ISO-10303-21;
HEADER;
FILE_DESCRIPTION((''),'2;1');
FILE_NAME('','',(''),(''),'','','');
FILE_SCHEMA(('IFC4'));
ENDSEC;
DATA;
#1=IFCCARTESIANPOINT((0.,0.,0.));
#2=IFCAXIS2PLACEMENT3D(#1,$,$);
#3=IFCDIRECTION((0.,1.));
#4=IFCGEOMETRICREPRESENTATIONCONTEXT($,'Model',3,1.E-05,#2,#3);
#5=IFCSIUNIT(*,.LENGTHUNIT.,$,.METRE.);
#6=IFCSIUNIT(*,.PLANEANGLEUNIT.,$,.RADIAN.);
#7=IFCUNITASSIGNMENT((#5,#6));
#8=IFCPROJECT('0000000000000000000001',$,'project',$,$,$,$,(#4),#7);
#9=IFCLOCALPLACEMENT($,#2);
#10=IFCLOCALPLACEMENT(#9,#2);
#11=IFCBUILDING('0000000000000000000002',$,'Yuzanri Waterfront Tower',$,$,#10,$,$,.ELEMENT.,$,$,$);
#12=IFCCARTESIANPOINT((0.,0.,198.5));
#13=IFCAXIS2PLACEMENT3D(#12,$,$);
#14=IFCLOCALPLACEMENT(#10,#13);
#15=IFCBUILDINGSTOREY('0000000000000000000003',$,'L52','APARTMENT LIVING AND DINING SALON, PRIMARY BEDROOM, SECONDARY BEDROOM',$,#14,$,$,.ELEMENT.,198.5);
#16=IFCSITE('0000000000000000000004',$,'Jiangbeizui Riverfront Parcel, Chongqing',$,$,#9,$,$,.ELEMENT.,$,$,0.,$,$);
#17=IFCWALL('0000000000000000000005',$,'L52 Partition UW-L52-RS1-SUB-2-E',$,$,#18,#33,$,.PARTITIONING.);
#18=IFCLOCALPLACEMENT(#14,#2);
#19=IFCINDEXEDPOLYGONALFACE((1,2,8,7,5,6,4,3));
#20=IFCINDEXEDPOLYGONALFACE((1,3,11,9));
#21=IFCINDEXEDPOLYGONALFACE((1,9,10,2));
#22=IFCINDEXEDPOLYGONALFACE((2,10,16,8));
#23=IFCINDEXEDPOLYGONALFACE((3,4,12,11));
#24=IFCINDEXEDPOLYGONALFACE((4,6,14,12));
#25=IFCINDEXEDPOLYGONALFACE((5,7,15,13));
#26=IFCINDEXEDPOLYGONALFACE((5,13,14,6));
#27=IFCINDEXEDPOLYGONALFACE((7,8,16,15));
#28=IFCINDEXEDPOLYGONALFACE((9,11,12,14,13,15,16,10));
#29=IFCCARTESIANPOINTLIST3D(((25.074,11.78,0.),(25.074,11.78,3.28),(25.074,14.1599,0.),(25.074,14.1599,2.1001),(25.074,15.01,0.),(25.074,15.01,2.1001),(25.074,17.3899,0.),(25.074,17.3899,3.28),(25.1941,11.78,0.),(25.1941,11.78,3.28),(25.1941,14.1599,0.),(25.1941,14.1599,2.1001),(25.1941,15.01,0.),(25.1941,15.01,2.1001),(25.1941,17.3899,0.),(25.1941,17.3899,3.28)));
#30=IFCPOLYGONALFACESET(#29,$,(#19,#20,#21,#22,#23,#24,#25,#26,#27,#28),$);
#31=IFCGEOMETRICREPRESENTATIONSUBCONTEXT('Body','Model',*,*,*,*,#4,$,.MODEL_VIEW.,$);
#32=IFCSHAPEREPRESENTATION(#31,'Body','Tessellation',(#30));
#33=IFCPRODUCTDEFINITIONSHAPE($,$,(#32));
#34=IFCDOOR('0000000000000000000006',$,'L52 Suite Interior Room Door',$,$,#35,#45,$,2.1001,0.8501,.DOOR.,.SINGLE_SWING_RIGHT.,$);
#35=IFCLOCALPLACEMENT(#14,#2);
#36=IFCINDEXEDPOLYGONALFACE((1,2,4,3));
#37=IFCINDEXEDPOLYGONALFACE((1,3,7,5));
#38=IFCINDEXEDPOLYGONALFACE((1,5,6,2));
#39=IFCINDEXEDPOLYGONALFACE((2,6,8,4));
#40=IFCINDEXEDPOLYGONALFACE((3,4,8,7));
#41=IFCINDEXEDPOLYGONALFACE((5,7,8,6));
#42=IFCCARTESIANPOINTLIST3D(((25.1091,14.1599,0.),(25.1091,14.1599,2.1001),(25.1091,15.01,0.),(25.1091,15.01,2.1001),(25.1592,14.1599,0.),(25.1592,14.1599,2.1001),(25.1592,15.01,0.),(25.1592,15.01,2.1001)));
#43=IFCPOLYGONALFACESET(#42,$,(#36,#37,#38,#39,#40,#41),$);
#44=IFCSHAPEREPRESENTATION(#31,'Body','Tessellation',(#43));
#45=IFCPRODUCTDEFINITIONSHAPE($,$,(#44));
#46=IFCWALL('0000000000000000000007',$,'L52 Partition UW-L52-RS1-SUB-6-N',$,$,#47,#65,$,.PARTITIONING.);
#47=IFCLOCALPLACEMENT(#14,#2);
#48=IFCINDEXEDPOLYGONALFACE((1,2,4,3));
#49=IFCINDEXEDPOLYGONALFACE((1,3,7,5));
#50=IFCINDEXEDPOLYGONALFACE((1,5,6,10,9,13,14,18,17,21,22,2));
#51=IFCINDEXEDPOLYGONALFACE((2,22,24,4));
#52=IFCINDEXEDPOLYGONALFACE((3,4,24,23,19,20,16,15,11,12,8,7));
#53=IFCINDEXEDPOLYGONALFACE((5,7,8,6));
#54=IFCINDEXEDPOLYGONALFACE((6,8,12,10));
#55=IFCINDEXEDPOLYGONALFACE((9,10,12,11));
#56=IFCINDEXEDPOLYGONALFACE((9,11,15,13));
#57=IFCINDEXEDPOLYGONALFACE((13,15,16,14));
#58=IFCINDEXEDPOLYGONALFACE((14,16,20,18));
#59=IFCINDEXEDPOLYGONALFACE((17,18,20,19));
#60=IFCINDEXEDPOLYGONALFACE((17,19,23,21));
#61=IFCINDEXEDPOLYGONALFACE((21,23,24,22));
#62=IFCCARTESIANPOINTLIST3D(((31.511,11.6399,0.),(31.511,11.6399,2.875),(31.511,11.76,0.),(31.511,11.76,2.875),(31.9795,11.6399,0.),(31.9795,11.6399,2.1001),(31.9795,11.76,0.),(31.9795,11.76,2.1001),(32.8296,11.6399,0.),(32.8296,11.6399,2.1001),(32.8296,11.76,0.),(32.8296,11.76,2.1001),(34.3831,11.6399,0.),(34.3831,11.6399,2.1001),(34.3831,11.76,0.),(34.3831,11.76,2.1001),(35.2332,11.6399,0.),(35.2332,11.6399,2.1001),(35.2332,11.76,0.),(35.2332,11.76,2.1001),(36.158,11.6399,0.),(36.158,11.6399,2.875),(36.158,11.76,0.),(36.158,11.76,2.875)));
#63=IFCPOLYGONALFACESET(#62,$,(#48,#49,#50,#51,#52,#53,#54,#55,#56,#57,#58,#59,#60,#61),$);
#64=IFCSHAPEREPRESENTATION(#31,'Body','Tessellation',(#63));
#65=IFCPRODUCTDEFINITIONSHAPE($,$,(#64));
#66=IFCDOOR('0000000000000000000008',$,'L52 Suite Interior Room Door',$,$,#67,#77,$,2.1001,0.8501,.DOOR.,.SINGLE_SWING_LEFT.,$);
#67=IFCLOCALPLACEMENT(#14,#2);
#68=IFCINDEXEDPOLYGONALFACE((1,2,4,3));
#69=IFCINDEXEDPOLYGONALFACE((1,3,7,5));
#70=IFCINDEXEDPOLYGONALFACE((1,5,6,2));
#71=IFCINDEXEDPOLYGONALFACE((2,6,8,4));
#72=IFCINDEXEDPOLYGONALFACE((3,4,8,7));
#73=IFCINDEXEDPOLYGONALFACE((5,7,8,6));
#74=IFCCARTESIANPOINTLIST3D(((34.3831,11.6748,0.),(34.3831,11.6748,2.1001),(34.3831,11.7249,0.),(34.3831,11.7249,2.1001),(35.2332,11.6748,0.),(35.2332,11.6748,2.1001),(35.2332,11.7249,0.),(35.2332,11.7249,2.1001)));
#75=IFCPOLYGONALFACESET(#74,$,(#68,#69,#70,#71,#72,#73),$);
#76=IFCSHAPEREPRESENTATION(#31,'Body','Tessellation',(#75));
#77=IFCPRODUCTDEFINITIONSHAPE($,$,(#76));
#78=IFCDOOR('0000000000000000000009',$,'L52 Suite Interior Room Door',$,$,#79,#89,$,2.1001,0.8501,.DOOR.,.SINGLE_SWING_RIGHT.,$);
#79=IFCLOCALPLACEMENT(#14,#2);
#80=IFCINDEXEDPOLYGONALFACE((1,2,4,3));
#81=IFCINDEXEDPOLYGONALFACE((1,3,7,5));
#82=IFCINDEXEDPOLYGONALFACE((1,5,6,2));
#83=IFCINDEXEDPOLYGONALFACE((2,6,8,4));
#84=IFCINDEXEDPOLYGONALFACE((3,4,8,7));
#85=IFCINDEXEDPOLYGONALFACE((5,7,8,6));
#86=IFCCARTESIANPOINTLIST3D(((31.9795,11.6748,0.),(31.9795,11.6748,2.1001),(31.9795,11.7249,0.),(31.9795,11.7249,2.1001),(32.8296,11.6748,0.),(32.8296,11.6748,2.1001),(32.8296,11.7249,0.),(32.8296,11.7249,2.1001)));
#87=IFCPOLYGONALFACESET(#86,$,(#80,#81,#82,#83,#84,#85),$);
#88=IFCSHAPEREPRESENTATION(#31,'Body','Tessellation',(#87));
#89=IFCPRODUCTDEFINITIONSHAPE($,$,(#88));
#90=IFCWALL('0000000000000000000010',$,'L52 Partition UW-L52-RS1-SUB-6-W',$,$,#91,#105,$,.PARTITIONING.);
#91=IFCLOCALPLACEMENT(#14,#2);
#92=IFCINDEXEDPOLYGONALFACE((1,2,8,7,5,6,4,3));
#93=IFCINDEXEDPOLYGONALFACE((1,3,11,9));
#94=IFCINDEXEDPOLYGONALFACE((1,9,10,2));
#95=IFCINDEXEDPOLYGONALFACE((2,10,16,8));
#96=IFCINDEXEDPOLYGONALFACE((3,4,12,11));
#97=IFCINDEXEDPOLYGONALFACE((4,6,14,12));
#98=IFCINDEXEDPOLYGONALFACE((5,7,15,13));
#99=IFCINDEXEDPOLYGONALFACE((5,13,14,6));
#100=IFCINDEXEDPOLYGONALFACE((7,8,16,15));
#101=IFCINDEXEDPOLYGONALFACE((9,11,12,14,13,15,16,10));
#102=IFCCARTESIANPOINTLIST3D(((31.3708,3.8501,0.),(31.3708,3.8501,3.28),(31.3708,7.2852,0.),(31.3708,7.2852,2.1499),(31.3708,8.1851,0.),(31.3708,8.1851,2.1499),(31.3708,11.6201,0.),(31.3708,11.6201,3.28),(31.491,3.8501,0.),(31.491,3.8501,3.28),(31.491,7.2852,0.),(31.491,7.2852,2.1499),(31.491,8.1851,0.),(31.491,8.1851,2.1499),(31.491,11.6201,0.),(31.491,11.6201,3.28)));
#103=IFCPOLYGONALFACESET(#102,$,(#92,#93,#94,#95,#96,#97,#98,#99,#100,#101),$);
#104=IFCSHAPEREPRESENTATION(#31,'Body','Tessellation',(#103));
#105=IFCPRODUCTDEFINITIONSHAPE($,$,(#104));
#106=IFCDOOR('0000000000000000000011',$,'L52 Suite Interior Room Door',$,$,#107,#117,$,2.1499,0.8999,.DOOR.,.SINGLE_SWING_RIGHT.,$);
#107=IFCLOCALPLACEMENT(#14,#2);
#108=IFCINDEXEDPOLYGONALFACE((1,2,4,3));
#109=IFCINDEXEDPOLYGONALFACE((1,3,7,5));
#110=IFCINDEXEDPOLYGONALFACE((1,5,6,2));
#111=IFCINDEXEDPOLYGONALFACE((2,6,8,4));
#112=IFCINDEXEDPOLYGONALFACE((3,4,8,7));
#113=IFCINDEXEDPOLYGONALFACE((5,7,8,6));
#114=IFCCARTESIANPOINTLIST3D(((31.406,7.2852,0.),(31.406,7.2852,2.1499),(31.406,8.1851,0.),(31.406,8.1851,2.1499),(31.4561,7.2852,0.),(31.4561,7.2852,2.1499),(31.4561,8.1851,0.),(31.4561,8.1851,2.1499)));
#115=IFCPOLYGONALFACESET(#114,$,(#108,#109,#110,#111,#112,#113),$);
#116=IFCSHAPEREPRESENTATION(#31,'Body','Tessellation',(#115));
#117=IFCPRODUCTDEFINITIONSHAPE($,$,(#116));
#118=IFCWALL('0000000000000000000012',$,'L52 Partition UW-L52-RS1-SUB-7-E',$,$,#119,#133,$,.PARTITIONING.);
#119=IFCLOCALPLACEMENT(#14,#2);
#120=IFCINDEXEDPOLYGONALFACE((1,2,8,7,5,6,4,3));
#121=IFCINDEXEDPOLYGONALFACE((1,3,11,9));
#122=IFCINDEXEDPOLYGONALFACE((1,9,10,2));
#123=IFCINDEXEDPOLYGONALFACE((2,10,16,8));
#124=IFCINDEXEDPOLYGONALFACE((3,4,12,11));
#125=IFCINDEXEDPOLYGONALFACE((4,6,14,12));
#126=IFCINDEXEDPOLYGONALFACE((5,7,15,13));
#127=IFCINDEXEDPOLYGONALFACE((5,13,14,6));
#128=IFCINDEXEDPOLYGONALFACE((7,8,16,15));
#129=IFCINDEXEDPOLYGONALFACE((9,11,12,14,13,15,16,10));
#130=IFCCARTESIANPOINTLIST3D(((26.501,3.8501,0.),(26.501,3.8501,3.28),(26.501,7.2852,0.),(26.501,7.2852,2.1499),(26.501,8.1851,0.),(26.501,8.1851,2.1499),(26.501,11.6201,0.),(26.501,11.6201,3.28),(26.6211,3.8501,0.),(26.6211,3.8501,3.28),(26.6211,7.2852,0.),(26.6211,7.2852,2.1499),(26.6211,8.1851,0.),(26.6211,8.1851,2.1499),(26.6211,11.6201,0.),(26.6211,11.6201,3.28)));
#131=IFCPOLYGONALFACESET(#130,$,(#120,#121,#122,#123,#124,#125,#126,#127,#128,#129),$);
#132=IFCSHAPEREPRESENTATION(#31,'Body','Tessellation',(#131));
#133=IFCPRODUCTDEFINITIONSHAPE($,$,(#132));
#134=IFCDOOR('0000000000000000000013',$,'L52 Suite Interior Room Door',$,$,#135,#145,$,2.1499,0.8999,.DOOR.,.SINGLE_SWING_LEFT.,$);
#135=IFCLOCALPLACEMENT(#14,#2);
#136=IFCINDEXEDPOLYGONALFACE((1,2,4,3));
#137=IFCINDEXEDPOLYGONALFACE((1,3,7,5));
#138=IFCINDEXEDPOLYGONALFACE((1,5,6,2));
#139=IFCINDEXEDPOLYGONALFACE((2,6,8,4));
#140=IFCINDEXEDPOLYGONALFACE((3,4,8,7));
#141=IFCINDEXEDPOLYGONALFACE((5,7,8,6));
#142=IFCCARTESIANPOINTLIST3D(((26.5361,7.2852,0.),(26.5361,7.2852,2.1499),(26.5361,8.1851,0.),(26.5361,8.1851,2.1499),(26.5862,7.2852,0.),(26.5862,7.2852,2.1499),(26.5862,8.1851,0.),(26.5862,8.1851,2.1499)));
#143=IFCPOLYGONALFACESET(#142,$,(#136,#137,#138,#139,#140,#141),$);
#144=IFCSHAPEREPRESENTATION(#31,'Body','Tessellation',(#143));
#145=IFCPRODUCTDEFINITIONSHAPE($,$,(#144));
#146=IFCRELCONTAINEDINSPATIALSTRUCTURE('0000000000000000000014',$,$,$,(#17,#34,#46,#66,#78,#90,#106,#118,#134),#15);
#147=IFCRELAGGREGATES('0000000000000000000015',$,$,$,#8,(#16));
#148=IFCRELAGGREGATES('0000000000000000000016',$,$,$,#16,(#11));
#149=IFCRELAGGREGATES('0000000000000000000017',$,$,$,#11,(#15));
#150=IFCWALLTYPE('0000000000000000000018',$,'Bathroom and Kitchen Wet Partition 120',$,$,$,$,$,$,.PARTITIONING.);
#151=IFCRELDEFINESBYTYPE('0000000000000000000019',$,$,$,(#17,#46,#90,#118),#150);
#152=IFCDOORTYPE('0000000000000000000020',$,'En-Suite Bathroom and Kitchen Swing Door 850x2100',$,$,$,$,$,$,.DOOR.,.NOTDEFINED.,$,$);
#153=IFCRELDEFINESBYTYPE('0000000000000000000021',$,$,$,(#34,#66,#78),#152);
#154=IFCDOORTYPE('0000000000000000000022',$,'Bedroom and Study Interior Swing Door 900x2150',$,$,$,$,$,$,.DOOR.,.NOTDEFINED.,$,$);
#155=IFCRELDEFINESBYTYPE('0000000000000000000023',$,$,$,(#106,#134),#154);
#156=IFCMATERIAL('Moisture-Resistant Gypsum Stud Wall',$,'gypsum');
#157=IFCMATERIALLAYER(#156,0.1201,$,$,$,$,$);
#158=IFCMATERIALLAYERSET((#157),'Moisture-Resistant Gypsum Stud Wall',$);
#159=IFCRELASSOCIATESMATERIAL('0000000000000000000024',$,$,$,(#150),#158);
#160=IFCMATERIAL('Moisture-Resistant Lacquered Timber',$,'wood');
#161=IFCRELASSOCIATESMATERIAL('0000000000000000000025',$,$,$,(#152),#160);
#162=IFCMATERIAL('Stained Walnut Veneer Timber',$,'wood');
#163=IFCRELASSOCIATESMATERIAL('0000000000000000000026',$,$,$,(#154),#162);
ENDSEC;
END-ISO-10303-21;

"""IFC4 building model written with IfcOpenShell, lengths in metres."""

from ifc_helpers import new_model, si_unit, direction, frame, frame_2d, origin, place, context, subcontext, project, spatial, rectangle, extrude, source, transform, mapped, material, layer, layer_set, type_object, element, fill, save


model = new_model("IFC4")

# Units and contexts
model_context = context("Model", 3, precision=1e-05, world=origin(), true_north=direction((0.0, 1.0)))
body_context = subcontext(model_context, "Body", "Model", "MODEL_VIEW")
ifc_project = project(units=[si_unit("LENGTHUNIT", "METRE"), si_unit("PLANEANGLEUNIT", "RADIAN")], contexts=[model_context])

# Site, building, storey
site_placement = place(None, origin())
site = spatial("IfcSite", under=ifc_project, at=site_placement, Name="Jiangbeizui Riverfront Parcel, Chongqing", CompositionType="ELEMENT", RefElevation=0.0)
building_placement = place(site_placement, origin())
building = spatial("IfcBuilding", under=site, at=building_placement, Name="Yuzanri Waterfront Tower", CompositionType="ELEMENT")
storey_placement = place(building_placement, frame((0.0, 0.0, 198.5)))
storey = spatial("IfcBuildingStorey", under=building, at=storey_placement, Name="L52", Description="APARTMENT LIVING AND DINING SALON, PRIMARY BEDROOM, SECONDARY BEDROOM", CompositionType="ELEMENT", Elevation=198.5)

# Wall, opening, door
ifc_material_1 = material(Name="Moisture-Resistant Gypsum Stud Wall", Category="gypsum")
ifc_layer_1 = layer(ifc_material_1, 0.1201)
ifc_layer_set_1 = layer_set([ifc_layer_1], Name="Moisture-Resistant Gypsum Stud Wall")
wall_type_1 = type_object("IfcWallType", Name="Bathroom and Kitchen Wet Partition 120", PredefinedType="PARTITIONING", material=ifc_layer_set_1)
wall_1_placement = place(storey_placement, frame((25.134, 11.78, 0.0), z_axis=(0.0, 0.0, 1.0), x_axis=(0.0, 1.0, 0.0)))
wall_1 = element("IfcWall", 1, at=wall_1_placement, inside=storey, type_object=wall_type_1, Name="L52 Partition UW-L52-RS1-SUB-2-E", PredefinedType="PARTITIONING", context=body_context, shape_type="SweptSolid", body=[
    extrude(rectangle(XDim=5.6099, YDim=0.1201, at=frame_2d((2.8049, 0.0))), origin(), (0.0, 0.0, 1.0), 3.28),
])
opening_1_placement = place(wall_1_placement, frame((2.3799, 0.0, 0.0)))
opening_1 = element("IfcOpeningElement", 2, at=opening_1_placement, cuts=wall_1, PredefinedType="OPENING", context=body_context, shape_type="SweptSolid", body=[
    extrude(rectangle(XDim=0.8501, YDim=2.1001, at=frame_2d((0.425, 1.05))), frame((0.0, 0.075, 0.0), z_axis=(0.0, -1.0, 0.0), x_axis=(1.0, 0.0, 0.0)), (0.0, 0.0, 1.0), 0.1499),
])
ifc_material_2 = material(Name="Moisture-Resistant Lacquered Timber", Category="wood")
door_type_1 = type_object("IfcDoorType", Name="En-Suite Bathroom and Kitchen Swing Door 850x2100", OperationType="NOTDEFINED", PredefinedType="DOOR", material=ifc_material_2)
shared_shape_1 = source(origin(), body_context, "Body", "SweptSolid", [
    extrude(rectangle(XDim=0.8501, YDim=2.1001, at=frame_2d((0.425, 1.05))), frame((0.0, 0.0249, 0.0), z_axis=(0.0, -1.0, 0.0), x_axis=(1.0, 0.0, 0.0)), (0.0, 0.0, 1.0), 0.05),
])
door_1_placement = place(opening_1_placement, origin())
door_1 = element("IfcDoor", 3, at=door_1_placement, inside=storey, type_object=door_type_1, Name="L52 Suite Interior Room Door", OperationType="SINGLE_SWING_RIGHT", OverallHeight=2.1001, OverallWidth=0.8501, PredefinedType="DOOR", context=body_context, shape_type="MappedRepresentation", body=[
    mapped(shared_shape_1, transform((0.0, 0.0, 0.0), scale=1.0)),
])
fill(opening_1, door_1)

# Wall, openings, doors
wall_2_placement = place(storey_placement, frame((31.511, 11.7, 0.0), z_axis=(0.0, 0.0, 1.0), x_axis=(1.0, 0.0, 0.0)))
wall_2 = element("IfcWall", 4, at=wall_2_placement, inside=storey, type_object=wall_type_1, Name="L52 Partition UW-L52-RS1-SUB-6-N", PredefinedType="PARTITIONING", context=body_context, shape_type="SweptSolid", body=[
    extrude(rectangle(XDim=4.647, YDim=0.1201, at=frame_2d((2.3235, 0.0))), origin(), (0.0, 0.0, 1.0), 2.875),
])
opening_2_placement = place(wall_2_placement, frame((2.8721, 0.0, 0.0)))
opening_2 = element("IfcOpeningElement", 5, at=opening_2_placement, cuts=wall_2, PredefinedType="OPENING", context=body_context, shape_type="SweptSolid", body=[
    extrude(rectangle(XDim=0.8501, YDim=2.1001, at=frame_2d((0.425, 1.05))), frame((0.0, 0.075, 0.0), z_axis=(0.0, -1.0, 0.0), x_axis=(1.0, 0.0, 0.0)), (0.0, 0.0, 1.0), 0.1499),
])
opening_3_placement = place(wall_2_placement, frame((0.4685, 0.0, 0.0)))
opening_3 = element("IfcOpeningElement", 6, at=opening_3_placement, cuts=wall_2, PredefinedType="OPENING", context=body_context, shape_type="SweptSolid", body=[
    extrude(rectangle(XDim=0.8501, YDim=2.1001, at=frame_2d((0.425, 1.05))), frame((0.0, 0.075, 0.0), z_axis=(0.0, -1.0, 0.0), x_axis=(1.0, 0.0, 0.0)), (0.0, 0.0, 1.0), 0.1499),
])
door_2_placement = place(opening_2_placement, origin())
door_2 = element("IfcDoor", 7, at=door_2_placement, inside=storey, type_object=door_type_1, Name="L52 Suite Interior Room Door", OperationType="SINGLE_SWING_LEFT", OverallHeight=2.1001, OverallWidth=0.8501, PredefinedType="DOOR", context=body_context, shape_type="MappedRepresentation", body=[
    mapped(shared_shape_1, transform((0.0, 0.0, 0.0), scale=1.0)),
])
fill(opening_2, door_2)
door_3_placement = place(opening_3_placement, origin())
door_3 = element("IfcDoor", 8, at=door_3_placement, inside=storey, type_object=door_type_1, Name="L52 Suite Interior Room Door", OperationType="SINGLE_SWING_RIGHT", OverallHeight=2.1001, OverallWidth=0.8501, PredefinedType="DOOR", context=body_context, shape_type="MappedRepresentation", body=[
    mapped(shared_shape_1, transform((0.0, 0.0, 0.0), scale=1.0)),
])
fill(opening_3, door_3)

# Walls, openings, doors
wall_3_placement = place(storey_placement, frame((31.4309, 3.8501, 0.0), z_axis=(0.0, 0.0, 1.0), x_axis=(0.0, 1.0, 0.0)))
wall_3 = element("IfcWall", 9, at=wall_3_placement, inside=storey, type_object=wall_type_1, Name="L52 Partition UW-L52-RS1-SUB-6-W", PredefinedType="PARTITIONING", context=body_context, shape_type="SweptSolid", body=[
    extrude(rectangle(XDim=7.77, YDim=0.1201, at=frame_2d((3.885, 0.0))), origin(), (0.0, 0.0, 1.0), 3.28),
])
opening_4_placement = place(wall_3_placement, frame((3.4351, 0.0, 0.0)))
opening_4 = element("IfcOpeningElement", 10, at=opening_4_placement, cuts=wall_3, PredefinedType="OPENING", context=body_context, shape_type="SweptSolid", body=[
    extrude(rectangle(XDim=0.8999, YDim=2.1499, at=frame_2d((0.45, 1.075))), frame((0.0, 0.075, 0.0), z_axis=(0.0, -1.0, 0.0), x_axis=(1.0, 0.0, 0.0)), (0.0, 0.0, 1.0), 0.1499),
])
ifc_material_3 = material(Name="Stained Walnut Veneer Timber", Category="wood")
door_type_2 = type_object("IfcDoorType", Name="Bedroom and Study Interior Swing Door 900x2150", OperationType="NOTDEFINED", PredefinedType="DOOR", material=ifc_material_3)
shared_shape_2 = source(origin(), body_context, "Body", "SweptSolid", [
    extrude(rectangle(XDim=0.8999, YDim=2.1499, at=frame_2d((0.45, 1.075))), frame((0.0, 0.0249, 0.0), z_axis=(0.0, -1.0, 0.0), x_axis=(1.0, 0.0, 0.0)), (0.0, 0.0, 1.0), 0.05),
])
door_4_placement = place(opening_4_placement, origin())
door_4 = element("IfcDoor", 11, at=door_4_placement, inside=storey, type_object=door_type_2, Name="L52 Suite Interior Room Door", OperationType="SINGLE_SWING_RIGHT", OverallHeight=2.1499, OverallWidth=0.8999, PredefinedType="DOOR", context=body_context, shape_type="MappedRepresentation", body=[
    mapped(shared_shape_2, transform((0.0, 0.0, 0.0), scale=1.0)),
])
fill(opening_4, door_4)
wall_4_placement = place(storey_placement, frame((26.561, 3.8501, 0.0), z_axis=(0.0, 0.0, 1.0), x_axis=(0.0, 1.0, 0.0)))
wall_4 = element("IfcWall", 12, at=wall_4_placement, inside=storey, type_object=wall_type_1, Name="L52 Partition UW-L52-RS1-SUB-7-E", PredefinedType="PARTITIONING", context=body_context, shape_type="SweptSolid", body=[
    extrude(rectangle(XDim=7.77, YDim=0.1201, at=frame_2d((3.885, 0.0))), origin(), (0.0, 0.0, 1.0), 3.28),
])
opening_5_placement = place(wall_4_placement, frame((3.4351, 0.0, 0.0)))
opening_5 = element("IfcOpeningElement", 13, at=opening_5_placement, cuts=wall_4, PredefinedType="OPENING", context=body_context, shape_type="SweptSolid", body=[
    extrude(rectangle(XDim=0.8999, YDim=2.1499, at=frame_2d((0.45, 1.075))), frame((0.0, 0.075, 0.0), z_axis=(0.0, -1.0, 0.0), x_axis=(1.0, 0.0, 0.0)), (0.0, 0.0, 1.0), 0.1499),
])
door_5_placement = place(opening_5_placement, origin())
door_5 = element("IfcDoor", 14, at=door_5_placement, inside=storey, type_object=door_type_2, Name="L52 Suite Interior Room Door", OperationType="SINGLE_SWING_LEFT", OverallHeight=2.1499, OverallWidth=0.8999, PredefinedType="DOOR", context=body_context, shape_type="MappedRepresentation", body=[
    mapped(shared_shape_2, transform((0.0, 0.0, 0.0), scale=1.0)),
])
fill(opening_5, door_5)

save(model, "model.ifc")
